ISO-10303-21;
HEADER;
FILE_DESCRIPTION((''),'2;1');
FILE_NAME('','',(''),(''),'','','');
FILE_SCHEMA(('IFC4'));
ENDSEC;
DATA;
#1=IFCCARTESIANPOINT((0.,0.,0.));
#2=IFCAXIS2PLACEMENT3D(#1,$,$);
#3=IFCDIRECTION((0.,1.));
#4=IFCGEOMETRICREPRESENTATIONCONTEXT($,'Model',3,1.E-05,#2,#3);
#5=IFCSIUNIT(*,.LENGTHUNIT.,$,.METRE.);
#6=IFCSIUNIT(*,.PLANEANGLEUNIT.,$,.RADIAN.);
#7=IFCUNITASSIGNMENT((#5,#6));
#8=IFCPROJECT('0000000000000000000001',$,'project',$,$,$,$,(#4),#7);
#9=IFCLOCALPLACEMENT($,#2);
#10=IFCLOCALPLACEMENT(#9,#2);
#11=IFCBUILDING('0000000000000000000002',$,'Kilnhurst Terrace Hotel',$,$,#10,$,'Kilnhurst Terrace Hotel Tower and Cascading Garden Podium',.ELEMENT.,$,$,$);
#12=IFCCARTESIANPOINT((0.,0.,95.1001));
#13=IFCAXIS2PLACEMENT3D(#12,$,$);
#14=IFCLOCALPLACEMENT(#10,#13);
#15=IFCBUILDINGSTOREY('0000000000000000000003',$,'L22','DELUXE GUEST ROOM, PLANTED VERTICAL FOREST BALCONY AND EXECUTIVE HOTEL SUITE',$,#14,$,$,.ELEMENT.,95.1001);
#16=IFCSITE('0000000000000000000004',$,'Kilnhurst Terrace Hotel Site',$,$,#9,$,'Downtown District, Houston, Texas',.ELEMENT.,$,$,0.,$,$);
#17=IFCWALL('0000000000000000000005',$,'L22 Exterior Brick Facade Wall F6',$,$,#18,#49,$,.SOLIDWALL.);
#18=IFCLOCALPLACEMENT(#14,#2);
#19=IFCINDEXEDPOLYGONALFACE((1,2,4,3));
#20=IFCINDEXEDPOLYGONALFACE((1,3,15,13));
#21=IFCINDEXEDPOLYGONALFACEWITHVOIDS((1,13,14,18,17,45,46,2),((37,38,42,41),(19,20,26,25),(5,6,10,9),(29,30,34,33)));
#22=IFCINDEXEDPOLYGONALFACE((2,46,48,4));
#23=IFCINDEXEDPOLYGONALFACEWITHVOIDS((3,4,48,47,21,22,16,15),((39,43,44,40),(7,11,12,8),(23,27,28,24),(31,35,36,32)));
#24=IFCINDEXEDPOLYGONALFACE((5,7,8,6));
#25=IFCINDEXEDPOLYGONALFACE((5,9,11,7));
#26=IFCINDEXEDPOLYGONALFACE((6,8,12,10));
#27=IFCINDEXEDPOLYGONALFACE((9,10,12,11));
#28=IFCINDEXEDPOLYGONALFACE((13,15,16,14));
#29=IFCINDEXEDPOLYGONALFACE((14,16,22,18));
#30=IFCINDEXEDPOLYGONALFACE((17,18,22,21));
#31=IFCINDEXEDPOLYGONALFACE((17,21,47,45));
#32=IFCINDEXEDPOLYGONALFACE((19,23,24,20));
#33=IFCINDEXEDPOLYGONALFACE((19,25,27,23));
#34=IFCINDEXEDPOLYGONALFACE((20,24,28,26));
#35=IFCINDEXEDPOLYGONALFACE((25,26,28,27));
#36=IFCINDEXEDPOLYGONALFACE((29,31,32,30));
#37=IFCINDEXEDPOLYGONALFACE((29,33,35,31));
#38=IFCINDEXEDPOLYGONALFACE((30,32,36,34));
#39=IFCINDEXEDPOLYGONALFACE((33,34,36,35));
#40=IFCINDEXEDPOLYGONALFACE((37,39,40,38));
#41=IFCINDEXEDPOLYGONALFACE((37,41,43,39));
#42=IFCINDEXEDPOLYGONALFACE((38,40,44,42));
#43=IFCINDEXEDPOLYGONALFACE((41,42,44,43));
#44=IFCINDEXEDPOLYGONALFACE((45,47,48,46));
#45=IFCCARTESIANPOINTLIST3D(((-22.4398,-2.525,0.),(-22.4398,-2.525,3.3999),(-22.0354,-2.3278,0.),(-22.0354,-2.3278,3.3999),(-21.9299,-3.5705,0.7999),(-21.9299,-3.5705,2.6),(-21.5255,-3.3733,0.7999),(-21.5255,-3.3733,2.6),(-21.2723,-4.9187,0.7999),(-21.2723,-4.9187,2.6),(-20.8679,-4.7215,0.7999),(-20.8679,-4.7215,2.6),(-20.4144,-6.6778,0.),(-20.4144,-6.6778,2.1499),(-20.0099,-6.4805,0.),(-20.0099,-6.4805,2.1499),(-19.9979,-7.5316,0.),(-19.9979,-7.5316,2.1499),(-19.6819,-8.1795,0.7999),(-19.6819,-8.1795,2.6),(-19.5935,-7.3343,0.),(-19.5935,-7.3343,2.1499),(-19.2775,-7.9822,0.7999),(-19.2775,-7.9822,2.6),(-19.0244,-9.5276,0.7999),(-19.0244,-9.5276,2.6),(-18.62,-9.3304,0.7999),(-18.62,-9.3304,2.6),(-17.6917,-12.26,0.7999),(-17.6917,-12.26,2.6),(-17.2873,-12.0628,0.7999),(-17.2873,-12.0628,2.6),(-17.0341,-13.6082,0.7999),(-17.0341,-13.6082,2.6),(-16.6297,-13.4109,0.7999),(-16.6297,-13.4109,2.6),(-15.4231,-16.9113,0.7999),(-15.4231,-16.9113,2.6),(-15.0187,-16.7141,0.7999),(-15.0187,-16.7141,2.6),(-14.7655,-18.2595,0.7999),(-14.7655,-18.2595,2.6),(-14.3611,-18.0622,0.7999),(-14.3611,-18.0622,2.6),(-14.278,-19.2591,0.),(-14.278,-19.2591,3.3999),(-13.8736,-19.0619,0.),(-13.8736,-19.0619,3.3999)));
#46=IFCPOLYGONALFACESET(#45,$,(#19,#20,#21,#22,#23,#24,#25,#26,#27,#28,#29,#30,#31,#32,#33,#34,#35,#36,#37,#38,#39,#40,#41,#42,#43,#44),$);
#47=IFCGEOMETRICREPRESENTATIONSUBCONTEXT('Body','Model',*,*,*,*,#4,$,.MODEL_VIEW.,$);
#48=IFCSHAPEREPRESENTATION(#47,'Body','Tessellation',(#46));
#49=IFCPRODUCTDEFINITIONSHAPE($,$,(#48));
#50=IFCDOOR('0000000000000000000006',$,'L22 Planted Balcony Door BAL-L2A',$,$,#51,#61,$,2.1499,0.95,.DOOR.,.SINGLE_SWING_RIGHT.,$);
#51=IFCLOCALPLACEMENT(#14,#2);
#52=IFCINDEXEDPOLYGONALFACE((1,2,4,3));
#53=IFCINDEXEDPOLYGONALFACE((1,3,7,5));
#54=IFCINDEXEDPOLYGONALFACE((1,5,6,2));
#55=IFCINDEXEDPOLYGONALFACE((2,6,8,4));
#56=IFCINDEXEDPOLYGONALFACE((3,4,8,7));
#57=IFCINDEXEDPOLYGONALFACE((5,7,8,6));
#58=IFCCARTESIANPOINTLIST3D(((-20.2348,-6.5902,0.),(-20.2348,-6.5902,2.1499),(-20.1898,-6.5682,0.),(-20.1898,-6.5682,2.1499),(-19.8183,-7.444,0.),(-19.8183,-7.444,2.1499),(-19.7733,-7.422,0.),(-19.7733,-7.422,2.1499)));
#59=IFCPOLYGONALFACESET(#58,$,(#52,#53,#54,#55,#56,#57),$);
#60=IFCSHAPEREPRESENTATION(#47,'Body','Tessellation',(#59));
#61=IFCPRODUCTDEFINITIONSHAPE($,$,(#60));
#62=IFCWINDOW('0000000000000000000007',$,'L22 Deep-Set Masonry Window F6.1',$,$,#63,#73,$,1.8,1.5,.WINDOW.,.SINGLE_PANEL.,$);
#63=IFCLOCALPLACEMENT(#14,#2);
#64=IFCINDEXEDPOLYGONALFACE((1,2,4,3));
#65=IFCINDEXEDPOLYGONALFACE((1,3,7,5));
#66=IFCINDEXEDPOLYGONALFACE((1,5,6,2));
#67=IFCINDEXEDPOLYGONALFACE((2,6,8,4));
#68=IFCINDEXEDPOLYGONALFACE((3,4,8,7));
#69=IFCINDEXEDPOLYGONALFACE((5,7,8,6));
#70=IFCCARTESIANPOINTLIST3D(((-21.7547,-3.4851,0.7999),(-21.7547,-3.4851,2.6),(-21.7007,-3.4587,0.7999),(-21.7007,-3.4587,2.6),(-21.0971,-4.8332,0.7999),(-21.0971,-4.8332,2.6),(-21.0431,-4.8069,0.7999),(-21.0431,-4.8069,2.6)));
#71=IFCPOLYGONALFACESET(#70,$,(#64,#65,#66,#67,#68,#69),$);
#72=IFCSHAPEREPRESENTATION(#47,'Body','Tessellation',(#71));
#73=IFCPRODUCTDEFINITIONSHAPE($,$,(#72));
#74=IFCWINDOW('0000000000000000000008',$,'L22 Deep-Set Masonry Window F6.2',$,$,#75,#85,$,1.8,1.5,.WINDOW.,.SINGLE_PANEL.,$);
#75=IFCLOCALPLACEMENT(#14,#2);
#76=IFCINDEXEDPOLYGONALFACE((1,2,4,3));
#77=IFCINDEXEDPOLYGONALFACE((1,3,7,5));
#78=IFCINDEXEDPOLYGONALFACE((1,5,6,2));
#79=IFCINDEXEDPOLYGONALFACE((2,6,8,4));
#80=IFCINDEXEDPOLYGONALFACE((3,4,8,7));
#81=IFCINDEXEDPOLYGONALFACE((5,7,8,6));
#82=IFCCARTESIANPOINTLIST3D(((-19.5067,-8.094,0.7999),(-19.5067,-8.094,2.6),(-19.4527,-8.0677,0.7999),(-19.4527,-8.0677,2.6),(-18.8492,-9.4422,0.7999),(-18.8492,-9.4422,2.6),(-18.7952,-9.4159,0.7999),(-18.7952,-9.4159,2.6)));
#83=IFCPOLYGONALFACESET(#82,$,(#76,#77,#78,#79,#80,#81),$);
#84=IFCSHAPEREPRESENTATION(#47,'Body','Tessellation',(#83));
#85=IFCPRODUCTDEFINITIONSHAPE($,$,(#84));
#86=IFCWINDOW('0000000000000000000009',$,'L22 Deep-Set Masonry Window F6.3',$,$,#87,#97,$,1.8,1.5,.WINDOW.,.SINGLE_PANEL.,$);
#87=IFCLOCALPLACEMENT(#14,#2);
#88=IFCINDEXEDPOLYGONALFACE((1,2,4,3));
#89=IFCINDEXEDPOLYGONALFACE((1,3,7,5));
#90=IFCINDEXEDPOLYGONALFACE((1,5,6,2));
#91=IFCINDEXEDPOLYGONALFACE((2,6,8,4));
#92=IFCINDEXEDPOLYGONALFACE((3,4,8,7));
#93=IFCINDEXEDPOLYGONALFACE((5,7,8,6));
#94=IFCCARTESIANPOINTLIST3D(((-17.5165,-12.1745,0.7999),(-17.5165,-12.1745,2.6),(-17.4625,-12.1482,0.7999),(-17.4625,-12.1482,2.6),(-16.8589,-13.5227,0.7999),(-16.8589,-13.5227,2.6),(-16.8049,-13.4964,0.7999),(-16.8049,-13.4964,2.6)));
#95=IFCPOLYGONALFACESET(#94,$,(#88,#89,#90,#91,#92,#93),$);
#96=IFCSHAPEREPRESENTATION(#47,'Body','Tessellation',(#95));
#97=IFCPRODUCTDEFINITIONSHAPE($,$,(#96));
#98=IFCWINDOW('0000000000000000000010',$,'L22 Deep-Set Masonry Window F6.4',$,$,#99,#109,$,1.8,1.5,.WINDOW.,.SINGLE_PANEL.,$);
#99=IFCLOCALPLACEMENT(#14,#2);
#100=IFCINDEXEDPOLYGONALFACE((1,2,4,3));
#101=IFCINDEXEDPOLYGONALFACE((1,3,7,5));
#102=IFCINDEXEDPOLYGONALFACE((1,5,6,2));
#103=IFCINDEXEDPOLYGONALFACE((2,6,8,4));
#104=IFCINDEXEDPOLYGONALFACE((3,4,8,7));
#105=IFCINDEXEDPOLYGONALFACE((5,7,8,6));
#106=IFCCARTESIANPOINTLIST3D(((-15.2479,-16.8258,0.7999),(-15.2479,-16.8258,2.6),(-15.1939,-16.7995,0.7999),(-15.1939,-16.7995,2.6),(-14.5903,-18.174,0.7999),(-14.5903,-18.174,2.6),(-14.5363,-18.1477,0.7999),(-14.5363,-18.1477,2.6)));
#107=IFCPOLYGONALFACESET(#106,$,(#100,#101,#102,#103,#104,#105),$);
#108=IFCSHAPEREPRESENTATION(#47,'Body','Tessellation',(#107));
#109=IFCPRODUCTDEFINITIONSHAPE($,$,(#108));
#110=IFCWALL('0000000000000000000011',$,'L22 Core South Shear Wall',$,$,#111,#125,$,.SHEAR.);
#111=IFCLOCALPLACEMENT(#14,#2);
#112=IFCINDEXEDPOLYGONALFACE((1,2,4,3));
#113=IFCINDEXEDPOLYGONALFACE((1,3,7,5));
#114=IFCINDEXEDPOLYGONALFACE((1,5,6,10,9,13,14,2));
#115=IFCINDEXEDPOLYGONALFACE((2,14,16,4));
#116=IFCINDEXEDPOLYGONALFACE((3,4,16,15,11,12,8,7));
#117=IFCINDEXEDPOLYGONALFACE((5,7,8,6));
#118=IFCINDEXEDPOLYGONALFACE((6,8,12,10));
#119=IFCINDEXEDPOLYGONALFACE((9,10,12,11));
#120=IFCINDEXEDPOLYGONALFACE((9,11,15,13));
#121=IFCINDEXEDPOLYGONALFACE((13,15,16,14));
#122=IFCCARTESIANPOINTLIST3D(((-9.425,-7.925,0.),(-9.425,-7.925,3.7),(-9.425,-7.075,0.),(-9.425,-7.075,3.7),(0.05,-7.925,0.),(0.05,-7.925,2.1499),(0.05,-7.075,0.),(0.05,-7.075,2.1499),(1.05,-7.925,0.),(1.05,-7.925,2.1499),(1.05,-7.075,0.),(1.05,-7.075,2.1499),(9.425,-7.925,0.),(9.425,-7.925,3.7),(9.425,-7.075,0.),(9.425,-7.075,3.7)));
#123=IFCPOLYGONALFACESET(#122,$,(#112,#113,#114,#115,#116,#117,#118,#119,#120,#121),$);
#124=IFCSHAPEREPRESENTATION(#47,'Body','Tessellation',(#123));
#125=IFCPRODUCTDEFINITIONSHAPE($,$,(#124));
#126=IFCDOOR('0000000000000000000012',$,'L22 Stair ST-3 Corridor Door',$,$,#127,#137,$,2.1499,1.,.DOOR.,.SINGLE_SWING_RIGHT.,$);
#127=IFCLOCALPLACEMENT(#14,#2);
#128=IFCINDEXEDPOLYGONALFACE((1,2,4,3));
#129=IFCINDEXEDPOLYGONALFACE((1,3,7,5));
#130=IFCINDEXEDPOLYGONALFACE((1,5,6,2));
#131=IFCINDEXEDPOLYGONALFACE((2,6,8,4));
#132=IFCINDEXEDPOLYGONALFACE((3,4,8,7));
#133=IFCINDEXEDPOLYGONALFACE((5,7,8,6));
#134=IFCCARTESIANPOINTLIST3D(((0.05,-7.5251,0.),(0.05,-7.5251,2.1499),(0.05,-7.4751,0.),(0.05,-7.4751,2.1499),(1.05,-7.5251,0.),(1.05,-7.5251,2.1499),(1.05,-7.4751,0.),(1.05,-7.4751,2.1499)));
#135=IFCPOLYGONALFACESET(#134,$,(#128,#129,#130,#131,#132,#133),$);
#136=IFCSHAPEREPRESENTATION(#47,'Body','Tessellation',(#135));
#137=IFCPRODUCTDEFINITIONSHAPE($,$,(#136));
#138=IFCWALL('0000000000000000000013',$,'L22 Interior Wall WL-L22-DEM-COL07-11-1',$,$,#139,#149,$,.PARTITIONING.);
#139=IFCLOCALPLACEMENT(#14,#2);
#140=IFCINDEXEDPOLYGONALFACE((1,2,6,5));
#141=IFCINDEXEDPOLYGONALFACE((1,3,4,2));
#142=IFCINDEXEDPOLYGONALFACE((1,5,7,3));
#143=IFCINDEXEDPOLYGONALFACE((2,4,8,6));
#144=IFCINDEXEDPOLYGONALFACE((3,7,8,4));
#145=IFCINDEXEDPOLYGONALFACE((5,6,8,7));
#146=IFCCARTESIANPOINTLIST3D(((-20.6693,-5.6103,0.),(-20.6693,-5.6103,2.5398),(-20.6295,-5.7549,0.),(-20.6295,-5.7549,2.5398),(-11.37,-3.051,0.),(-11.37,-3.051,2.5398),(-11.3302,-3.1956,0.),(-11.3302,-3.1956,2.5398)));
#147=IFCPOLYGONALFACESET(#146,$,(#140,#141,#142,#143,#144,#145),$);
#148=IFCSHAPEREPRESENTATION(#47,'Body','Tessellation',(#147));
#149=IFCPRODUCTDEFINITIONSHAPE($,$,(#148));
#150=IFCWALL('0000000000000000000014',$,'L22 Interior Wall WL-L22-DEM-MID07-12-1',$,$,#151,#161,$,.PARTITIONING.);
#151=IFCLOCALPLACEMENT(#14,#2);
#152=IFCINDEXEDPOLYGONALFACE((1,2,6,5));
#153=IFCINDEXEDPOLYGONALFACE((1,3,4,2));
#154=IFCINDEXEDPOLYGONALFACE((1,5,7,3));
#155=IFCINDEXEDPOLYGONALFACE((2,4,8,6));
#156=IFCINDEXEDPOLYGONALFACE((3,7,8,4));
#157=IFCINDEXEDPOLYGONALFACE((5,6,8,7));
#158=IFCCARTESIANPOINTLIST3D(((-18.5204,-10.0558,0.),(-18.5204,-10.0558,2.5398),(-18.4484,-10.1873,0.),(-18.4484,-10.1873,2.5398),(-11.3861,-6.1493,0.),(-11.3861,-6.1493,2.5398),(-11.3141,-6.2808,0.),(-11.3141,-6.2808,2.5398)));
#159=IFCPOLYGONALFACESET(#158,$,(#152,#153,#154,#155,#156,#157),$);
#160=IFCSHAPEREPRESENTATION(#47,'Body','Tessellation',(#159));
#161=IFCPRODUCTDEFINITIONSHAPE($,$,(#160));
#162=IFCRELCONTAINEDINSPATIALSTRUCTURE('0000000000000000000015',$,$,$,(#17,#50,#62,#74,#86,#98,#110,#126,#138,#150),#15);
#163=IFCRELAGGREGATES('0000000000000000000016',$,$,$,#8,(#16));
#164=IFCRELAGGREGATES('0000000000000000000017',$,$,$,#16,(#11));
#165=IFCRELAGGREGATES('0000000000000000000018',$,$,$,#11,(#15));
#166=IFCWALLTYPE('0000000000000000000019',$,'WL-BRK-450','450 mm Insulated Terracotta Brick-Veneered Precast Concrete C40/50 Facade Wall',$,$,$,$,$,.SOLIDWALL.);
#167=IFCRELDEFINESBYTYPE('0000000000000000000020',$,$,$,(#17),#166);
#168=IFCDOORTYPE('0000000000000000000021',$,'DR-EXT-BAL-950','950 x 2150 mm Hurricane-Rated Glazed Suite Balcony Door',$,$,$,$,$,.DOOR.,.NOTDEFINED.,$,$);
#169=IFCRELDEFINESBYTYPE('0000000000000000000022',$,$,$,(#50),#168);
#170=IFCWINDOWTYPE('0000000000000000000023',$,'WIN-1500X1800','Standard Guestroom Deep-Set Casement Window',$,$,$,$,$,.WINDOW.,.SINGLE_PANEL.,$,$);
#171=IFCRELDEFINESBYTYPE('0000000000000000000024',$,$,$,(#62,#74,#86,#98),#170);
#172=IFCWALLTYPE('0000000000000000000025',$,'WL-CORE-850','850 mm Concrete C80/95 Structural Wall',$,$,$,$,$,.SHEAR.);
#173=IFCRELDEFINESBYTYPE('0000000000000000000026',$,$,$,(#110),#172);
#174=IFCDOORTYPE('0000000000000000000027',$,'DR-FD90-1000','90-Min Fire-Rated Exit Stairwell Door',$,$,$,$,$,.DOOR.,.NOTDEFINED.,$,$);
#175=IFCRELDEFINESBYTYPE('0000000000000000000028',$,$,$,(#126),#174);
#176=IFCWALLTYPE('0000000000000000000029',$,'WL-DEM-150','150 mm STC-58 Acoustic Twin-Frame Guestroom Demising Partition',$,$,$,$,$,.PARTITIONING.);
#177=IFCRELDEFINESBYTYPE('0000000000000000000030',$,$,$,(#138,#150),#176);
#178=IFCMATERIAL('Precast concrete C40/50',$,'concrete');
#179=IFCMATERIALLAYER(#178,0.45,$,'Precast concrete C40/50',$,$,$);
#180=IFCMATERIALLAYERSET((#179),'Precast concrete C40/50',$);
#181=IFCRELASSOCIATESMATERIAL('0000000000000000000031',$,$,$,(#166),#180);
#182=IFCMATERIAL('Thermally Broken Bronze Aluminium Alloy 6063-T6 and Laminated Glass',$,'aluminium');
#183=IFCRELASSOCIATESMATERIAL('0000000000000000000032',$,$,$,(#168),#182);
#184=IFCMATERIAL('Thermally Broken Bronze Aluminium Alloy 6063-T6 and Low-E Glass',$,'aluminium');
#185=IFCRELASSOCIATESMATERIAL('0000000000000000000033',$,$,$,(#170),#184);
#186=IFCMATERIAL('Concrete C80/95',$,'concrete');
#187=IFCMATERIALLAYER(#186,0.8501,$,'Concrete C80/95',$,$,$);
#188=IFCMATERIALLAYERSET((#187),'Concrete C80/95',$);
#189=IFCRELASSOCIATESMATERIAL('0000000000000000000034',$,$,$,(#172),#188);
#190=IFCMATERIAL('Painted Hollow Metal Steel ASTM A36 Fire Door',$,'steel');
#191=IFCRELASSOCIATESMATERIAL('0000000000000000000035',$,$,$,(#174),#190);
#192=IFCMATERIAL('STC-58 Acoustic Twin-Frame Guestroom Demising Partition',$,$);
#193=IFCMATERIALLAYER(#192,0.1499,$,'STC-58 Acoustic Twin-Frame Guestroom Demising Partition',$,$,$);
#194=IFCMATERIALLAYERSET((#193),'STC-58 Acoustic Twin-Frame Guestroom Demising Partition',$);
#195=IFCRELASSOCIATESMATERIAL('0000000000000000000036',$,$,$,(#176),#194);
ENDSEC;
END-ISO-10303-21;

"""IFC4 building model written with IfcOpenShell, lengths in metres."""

from ifc_helpers import new_model, si_unit, direction, frame, frame_2d, origin, place, context, subcontext, project, spatial, rectangle, extrude, material, layer, layer_set, type_object, element, fill, save


model = new_model("IFC4")

# Units and contexts
model_context = context("Model", 3, precision=1e-05, world=origin(), true_north=direction((0.0, 1.0)))
body_context = subcontext(model_context, "Body", "Model", "MODEL_VIEW")
ifc_project = project(units=[si_unit("LENGTHUNIT", "METRE"), si_unit("PLANEANGLEUNIT", "RADIAN")], contexts=[model_context])

# Site, building, storey
site_placement = place(None, origin())
site = spatial("IfcSite", under=ifc_project, at=site_placement, Name="Kilnhurst Terrace Hotel Site", LongName="Downtown District, Houston, Texas", CompositionType="ELEMENT", RefElevation=0.0)
building_placement = place(site_placement, origin())
building = spatial("IfcBuilding", under=site, at=building_placement, Name="Kilnhurst Terrace Hotel", LongName="Kilnhurst Terrace Hotel Tower and Cascading Garden Podium", CompositionType="ELEMENT")
storey_placement = place(building_placement, frame((0.0, 0.0, 95.1001)))
storey = spatial("IfcBuildingStorey", under=building, at=storey_placement, Name="L22", Description="DELUXE GUEST ROOM, PLANTED VERTICAL FOREST BALCONY AND EXECUTIVE HOTEL SUITE", CompositionType="ELEMENT", Elevation=95.1001)

# Shared definitions
ifc_material_1 = material(Name="Concrete C80/95", Category="concrete")

# Shared definitions
ifc_material_2 = material(Name="Precast concrete C40/50", Category="concrete")
ifc_layer_1 = layer(ifc_material_2, 0.45, Name="Precast concrete C40/50")
ifc_layer_set_1 = layer_set([ifc_layer_1], Name="Precast concrete C40/50")
wall_type_1 = type_object("IfcWallType", Name="WL-BRK-450", Description="450 mm Insulated Terracotta Brick-Veneered Precast Concrete C40/50 Facade Wall", PredefinedType="SOLIDWALL", material=ifc_layer_set_1)

# Wall, openings, door, windows
wall_1_placement = place(storey_placement, frame((-22.2375, -2.4265, 0.0), z_axis=(0.0, 0.0, 1.0), x_axis=(0.438375, -0.898792, 0.0)))
wall_1 = element("IfcWall", 1, at=wall_1_placement, inside=storey, type_object=wall_type_1, Name="L22 Exterior Brick Facade Wall F6", PredefinedType="SOLIDWALL", context=body_context, shape_type="SweptSolid", body=[
    extrude(rectangle(XDim=18.6184, YDim=0.45, at=frame_2d((9.3091, 0.0))), origin(), (0.0, 0.0, 1.0), 3.3999),
])
opening_1_placement = place(wall_1_placement, frame((4.6201, 0.0, 0.0)))
opening_1 = element("IfcOpeningElement", 2, at=opening_1_placement, cuts=wall_1, PredefinedType="OPENING", context=body_context, shape_type="SweptSolid", body=[
    extrude(rectangle(XDim=0.95, YDim=2.1499, at=frame_2d((0.4751, 1.075))), frame((0.0, 0.2349, 0.0), z_axis=(0.0, -1.0, 0.0), x_axis=(1.0, 0.0, 0.0)), (0.0, 0.0, 1.0), 0.47),
])
opening_2_placement = place(wall_1_placement, frame((1.1631, 0.0, 0.8)))
opening_2 = element("IfcOpeningElement", 3, at=opening_2_placement, cuts=wall_1, PredefinedType="OPENING", context=body_context, shape_type="SweptSolid", body=[
    extrude(rectangle(XDim=1.5, YDim=1.8, at=frame_2d((0.75, 0.8999))), frame((0.0, 0.2349, 0.0), z_axis=(0.0, -1.0, 0.0), x_axis=(1.0, 0.0, 0.0)), (0.0, 0.0, 1.0), 0.47),
])
opening_3_placement = place(wall_1_placement, frame((6.291, 0.0, 0.8)))
opening_3 = element("IfcOpeningElement", 4, at=opening_3_placement, cuts=wall_1, PredefinedType="OPENING", context=body_context, shape_type="SweptSolid", body=[
    extrude(rectangle(XDim=1.5, YDim=1.8, at=frame_2d((0.75, 0.8999))), frame((0.0, 0.2349, 0.0), z_axis=(0.0, -1.0, 0.0), x_axis=(1.0, 0.0, 0.0)), (0.0, 0.0, 1.0), 0.47),
])
opening_4_placement = place(wall_1_placement, frame((10.8311, 0.0, 0.8)))
opening_4 = element("IfcOpeningElement", 5, at=opening_4_placement, cuts=wall_1, PredefinedType="OPENING", context=body_context, shape_type="SweptSolid", body=[
    extrude(rectangle(XDim=1.5, YDim=1.8, at=frame_2d((0.75, 0.8999))), frame((0.0, 0.2349, 0.0), z_axis=(0.0, -1.0, 0.0), x_axis=(1.0, 0.0, 0.0)), (0.0, 0.0, 1.0), 0.47),
])
opening_5_placement = place(wall_1_placement, frame((16.0061, 0.0, 0.8)))
opening_5 = element("IfcOpeningElement", 6, at=opening_5_placement, cuts=wall_1, PredefinedType="OPENING", context=body_context, shape_type="SweptSolid", body=[
    extrude(rectangle(XDim=1.5, YDim=1.8, at=frame_2d((0.75, 0.8999))), frame((0.0, 0.2349, 0.0), z_axis=(0.0, -1.0, 0.0), x_axis=(1.0, 0.0, 0.0)), (0.0, 0.0, 1.0), 0.47),
])
ifc_material_3 = material(Name="Thermally Broken Bronze Aluminium Alloy 6063-T6 and Laminated Glass", Category="aluminium")
door_type_1 = type_object("IfcDoorType", Name="DR-EXT-BAL-950", Description="950 x 2150 mm Hurricane-Rated Glazed Suite Balcony Door", OperationType="NOTDEFINED", PredefinedType="DOOR", material=ifc_material_3)
door_1_placement = place(opening_1_placement, origin())
door_1 = element("IfcDoor", 7, at=door_1_placement, inside=storey, type_object=door_type_1, Name="L22 Planted Balcony Door BAL-L2A", OperationType="SINGLE_SWING_RIGHT", OverallHeight=2.1499, OverallWidth=0.95, PredefinedType="DOOR", context=body_context, shape_type="SweptSolid", body=[
    extrude(rectangle(XDim=0.95, YDim=2.1499, at=frame_2d((0.4751, 1.075))), frame((0.0, 0.0249, 0.0), z_axis=(0.0, -1.0, 0.0), x_axis=(1.0, 0.0, 0.0)), (0.0, 0.0, 1.0), 0.05),
])
fill(opening_1, door_1)
ifc_material_4 = material(Name="Thermally Broken Bronze Aluminium Alloy 6063-T6 and Low-E Glass", Category="aluminium")
window_type = type_object("IfcWindowType", Name="WIN-1500X1800", Description="Standard Guestroom Deep-Set Casement Window", PartitioningType="SINGLE_PANEL", PredefinedType="WINDOW", material=ifc_material_4)
window_1_placement = place(opening_2_placement, origin())
window_1 = element("IfcWindow", 8, at=window_1_placement, inside=storey, type_object=window_type, Name="L22 Deep-Set Masonry Window F6.1", OverallHeight=1.8, OverallWidth=1.5, PartitioningType="SINGLE_PANEL", PredefinedType="WINDOW", context=body_context, shape_type="SweptSolid", body=[
    extrude(rectangle(XDim=1.5, YDim=1.8, at=frame_2d((0.75, 0.8999))), frame((0.0, 0.03, 0.0), z_axis=(0.0, -1.0, 0.0), x_axis=(1.0, 0.0, 0.0)), (0.0, 0.0, 1.0), 0.0601),
])
fill(opening_2, window_1)
window_2_placement = place(opening_3_placement, origin())
window_2 = element("IfcWindow", 9, at=window_2_placement, inside=storey, type_object=window_type, Name="L22 Deep-Set Masonry Window F6.2", OverallHeight=1.8, OverallWidth=1.5, PartitioningType="SINGLE_PANEL", PredefinedType="WINDOW", context=body_context, shape_type="SweptSolid", body=[
    extrude(rectangle(XDim=1.5, YDim=1.8, at=frame_2d((0.75, 0.8999))), frame((0.0, 0.03, 0.0), z_axis=(0.0, -1.0, 0.0), x_axis=(1.0, 0.0, 0.0)), (0.0, 0.0, 1.0), 0.0601),
])
fill(opening_3, window_2)
window_3_placement = place(opening_4_placement, origin())
window_3 = element("IfcWindow", 10, at=window_3_placement, inside=storey, type_object=window_type, Name="L22 Deep-Set Masonry Window F6.3", OverallHeight=1.8, OverallWidth=1.5, PartitioningType="SINGLE_PANEL", PredefinedType="WINDOW", context=body_context, shape_type="SweptSolid", body=[
    extrude(rectangle(XDim=1.5, YDim=1.8, at=frame_2d((0.75, 0.8999))), frame((0.0, 0.03, 0.0), z_axis=(0.0, -1.0, 0.0), x_axis=(1.0, 0.0, 0.0)), (0.0, 0.0, 1.0), 0.0601),
])
fill(opening_4, window_3)
window_4_placement = place(opening_5_placement, origin())
window_4 = element("IfcWindow", 11, at=window_4_placement, inside=storey, type_object=window_type, Name="L22 Deep-Set Masonry Window F6.4", OverallHeight=1.8, OverallWidth=1.5, PartitioningType="SINGLE_PANEL", PredefinedType="WINDOW", context=body_context, shape_type="SweptSolid", body=[
    extrude(rectangle(XDim=1.5, YDim=1.8, at=frame_2d((0.75, 0.8999))), frame((0.0, 0.03, 0.0), z_axis=(0.0, -1.0, 0.0), x_axis=(1.0, 0.0, 0.0)), (0.0, 0.0, 1.0), 0.0601),
])
fill(opening_5, window_4)

# Wall, opening, door
ifc_layer_2 = layer(ifc_material_1, 0.8501, Name="Concrete C80/95")
ifc_layer_set_2 = layer_set([ifc_layer_2], Name="Concrete C80/95")
wall_type_2 = type_object("IfcWallType", Name="WL-CORE-850", Description="850 mm Concrete C80/95 Structural Wall", PredefinedType="SHEAR", material=ifc_layer_set_2)
wall_2_placement = place(storey_placement, frame((-9.425, -7.5, 0.0), z_axis=(0.0, 0.0, 1.0), x_axis=(1.0, 0.0, 0.0)))
wall_2 = element("IfcWall", 12, at=wall_2_placement, inside=storey, type_object=wall_type_2, Name="L22 Core South Shear Wall", PredefinedType="SHEAR", context=body_context, shape_type="SweptSolid", body=[
    extrude(rectangle(XDim=18.8501, YDim=0.8501, at=frame_2d((9.425, 0.0))), origin(), (0.0, 0.0, 1.0), 3.7),
])
opening_6_placement = place(wall_2_placement, frame((9.4751, 0.0, 0.0)))
opening_6 = element("IfcOpeningElement", 13, at=opening_6_placement, cuts=wall_2, PredefinedType="OPENING", context=body_context, shape_type="SweptSolid", body=[
    extrude(rectangle(XDim=1.0, YDim=2.1499, at=frame_2d((0.5, 1.075))), frame((0.0, 0.4351, 0.0), z_axis=(0.0, -1.0, 0.0), x_axis=(1.0, 0.0, 0.0)), (0.0, 0.0, 1.0), 0.8701),
])
ifc_material_5 = material(Name="Painted Hollow Metal Steel ASTM A36 Fire Door", Category="steel")
door_type_2 = type_object("IfcDoorType", Name="DR-FD90-1000", Description="90-Min Fire-Rated Exit Stairwell Door", OperationType="NOTDEFINED", PredefinedType="DOOR", material=ifc_material_5)
door_2_placement = place(opening_6_placement, origin())
door_2 = element("IfcDoor", 14, at=door_2_placement, inside=storey, type_object=door_type_2, Name="L22 Stair ST-3 Corridor Door", OperationType="SINGLE_SWING_RIGHT", OverallHeight=2.1499, OverallWidth=1.0, PredefinedType="DOOR", context=body_context, shape_type="SweptSolid", body=[
    extrude(rectangle(XDim=1.0, YDim=2.1499, at=frame_2d((0.5, 1.075))), frame((0.0, 0.0249, 0.0), z_axis=(0.0, -1.0, 0.0), x_axis=(1.0, 0.0, 0.0)), (0.0, 0.0, 1.0), 0.05),
])
fill(opening_6, door_2)

# Walls
ifc_material_6 = material(Name="STC-58 Acoustic Twin-Frame Guestroom Demising Partition")
ifc_layer_3 = layer(ifc_material_6, 0.1499, Name="STC-58 Acoustic Twin-Frame Guestroom Demising Partition")
ifc_layer_set_3 = layer_set([ifc_layer_3], Name="STC-58 Acoustic Twin-Frame Guestroom Demising Partition")
wall_type_3 = type_object("IfcWallType", Name="WL-DEM-150", Description="150 mm STC-58 Acoustic Twin-Frame Guestroom Demising Partition", PredefinedType="PARTITIONING", material=ifc_layer_set_3)
wall_3_placement = place(storey_placement, frame((-11.3501, -3.1233, 0.0), z_axis=(0.0, 0.0, 1.0), x_axis=(-0.964152, -0.265351, 0.0)))
element("IfcWall", 15, at=wall_3_placement, inside=storey, type_object=wall_type_3, Name="L22 Interior Wall WL-L22-DEM-COL07-11-1", PredefinedType="PARTITIONING", context=body_context, shape_type="SweptSolid", body=[
    extrude(rectangle(XDim=9.645, YDim=0.1499, at=frame_2d((4.8225, 0.0))), origin(), (0.0, 0.0, 1.0), 2.5398),
])
wall_4_placement = place(storey_placement, frame((-11.3501, -6.2151, 0.0), z_axis=(0.0, 0.0, 1.0), x_axis=(-0.877116, -0.480279, 0.0)))
element("IfcWall", 16, at=wall_4_placement, inside=storey, type_object=wall_type_3, Name="L22 Interior Wall WL-L22-DEM-MID07-12-1", PredefinedType="PARTITIONING", context=body_context, shape_type="SweptSolid", body=[
    extrude(rectangle(XDim=8.1338, YDim=0.1499, at=frame_2d((4.0669, 0.0))), origin(), (0.0, 0.0, 1.0), 2.5398),
])

save(model, "model.ifc")
